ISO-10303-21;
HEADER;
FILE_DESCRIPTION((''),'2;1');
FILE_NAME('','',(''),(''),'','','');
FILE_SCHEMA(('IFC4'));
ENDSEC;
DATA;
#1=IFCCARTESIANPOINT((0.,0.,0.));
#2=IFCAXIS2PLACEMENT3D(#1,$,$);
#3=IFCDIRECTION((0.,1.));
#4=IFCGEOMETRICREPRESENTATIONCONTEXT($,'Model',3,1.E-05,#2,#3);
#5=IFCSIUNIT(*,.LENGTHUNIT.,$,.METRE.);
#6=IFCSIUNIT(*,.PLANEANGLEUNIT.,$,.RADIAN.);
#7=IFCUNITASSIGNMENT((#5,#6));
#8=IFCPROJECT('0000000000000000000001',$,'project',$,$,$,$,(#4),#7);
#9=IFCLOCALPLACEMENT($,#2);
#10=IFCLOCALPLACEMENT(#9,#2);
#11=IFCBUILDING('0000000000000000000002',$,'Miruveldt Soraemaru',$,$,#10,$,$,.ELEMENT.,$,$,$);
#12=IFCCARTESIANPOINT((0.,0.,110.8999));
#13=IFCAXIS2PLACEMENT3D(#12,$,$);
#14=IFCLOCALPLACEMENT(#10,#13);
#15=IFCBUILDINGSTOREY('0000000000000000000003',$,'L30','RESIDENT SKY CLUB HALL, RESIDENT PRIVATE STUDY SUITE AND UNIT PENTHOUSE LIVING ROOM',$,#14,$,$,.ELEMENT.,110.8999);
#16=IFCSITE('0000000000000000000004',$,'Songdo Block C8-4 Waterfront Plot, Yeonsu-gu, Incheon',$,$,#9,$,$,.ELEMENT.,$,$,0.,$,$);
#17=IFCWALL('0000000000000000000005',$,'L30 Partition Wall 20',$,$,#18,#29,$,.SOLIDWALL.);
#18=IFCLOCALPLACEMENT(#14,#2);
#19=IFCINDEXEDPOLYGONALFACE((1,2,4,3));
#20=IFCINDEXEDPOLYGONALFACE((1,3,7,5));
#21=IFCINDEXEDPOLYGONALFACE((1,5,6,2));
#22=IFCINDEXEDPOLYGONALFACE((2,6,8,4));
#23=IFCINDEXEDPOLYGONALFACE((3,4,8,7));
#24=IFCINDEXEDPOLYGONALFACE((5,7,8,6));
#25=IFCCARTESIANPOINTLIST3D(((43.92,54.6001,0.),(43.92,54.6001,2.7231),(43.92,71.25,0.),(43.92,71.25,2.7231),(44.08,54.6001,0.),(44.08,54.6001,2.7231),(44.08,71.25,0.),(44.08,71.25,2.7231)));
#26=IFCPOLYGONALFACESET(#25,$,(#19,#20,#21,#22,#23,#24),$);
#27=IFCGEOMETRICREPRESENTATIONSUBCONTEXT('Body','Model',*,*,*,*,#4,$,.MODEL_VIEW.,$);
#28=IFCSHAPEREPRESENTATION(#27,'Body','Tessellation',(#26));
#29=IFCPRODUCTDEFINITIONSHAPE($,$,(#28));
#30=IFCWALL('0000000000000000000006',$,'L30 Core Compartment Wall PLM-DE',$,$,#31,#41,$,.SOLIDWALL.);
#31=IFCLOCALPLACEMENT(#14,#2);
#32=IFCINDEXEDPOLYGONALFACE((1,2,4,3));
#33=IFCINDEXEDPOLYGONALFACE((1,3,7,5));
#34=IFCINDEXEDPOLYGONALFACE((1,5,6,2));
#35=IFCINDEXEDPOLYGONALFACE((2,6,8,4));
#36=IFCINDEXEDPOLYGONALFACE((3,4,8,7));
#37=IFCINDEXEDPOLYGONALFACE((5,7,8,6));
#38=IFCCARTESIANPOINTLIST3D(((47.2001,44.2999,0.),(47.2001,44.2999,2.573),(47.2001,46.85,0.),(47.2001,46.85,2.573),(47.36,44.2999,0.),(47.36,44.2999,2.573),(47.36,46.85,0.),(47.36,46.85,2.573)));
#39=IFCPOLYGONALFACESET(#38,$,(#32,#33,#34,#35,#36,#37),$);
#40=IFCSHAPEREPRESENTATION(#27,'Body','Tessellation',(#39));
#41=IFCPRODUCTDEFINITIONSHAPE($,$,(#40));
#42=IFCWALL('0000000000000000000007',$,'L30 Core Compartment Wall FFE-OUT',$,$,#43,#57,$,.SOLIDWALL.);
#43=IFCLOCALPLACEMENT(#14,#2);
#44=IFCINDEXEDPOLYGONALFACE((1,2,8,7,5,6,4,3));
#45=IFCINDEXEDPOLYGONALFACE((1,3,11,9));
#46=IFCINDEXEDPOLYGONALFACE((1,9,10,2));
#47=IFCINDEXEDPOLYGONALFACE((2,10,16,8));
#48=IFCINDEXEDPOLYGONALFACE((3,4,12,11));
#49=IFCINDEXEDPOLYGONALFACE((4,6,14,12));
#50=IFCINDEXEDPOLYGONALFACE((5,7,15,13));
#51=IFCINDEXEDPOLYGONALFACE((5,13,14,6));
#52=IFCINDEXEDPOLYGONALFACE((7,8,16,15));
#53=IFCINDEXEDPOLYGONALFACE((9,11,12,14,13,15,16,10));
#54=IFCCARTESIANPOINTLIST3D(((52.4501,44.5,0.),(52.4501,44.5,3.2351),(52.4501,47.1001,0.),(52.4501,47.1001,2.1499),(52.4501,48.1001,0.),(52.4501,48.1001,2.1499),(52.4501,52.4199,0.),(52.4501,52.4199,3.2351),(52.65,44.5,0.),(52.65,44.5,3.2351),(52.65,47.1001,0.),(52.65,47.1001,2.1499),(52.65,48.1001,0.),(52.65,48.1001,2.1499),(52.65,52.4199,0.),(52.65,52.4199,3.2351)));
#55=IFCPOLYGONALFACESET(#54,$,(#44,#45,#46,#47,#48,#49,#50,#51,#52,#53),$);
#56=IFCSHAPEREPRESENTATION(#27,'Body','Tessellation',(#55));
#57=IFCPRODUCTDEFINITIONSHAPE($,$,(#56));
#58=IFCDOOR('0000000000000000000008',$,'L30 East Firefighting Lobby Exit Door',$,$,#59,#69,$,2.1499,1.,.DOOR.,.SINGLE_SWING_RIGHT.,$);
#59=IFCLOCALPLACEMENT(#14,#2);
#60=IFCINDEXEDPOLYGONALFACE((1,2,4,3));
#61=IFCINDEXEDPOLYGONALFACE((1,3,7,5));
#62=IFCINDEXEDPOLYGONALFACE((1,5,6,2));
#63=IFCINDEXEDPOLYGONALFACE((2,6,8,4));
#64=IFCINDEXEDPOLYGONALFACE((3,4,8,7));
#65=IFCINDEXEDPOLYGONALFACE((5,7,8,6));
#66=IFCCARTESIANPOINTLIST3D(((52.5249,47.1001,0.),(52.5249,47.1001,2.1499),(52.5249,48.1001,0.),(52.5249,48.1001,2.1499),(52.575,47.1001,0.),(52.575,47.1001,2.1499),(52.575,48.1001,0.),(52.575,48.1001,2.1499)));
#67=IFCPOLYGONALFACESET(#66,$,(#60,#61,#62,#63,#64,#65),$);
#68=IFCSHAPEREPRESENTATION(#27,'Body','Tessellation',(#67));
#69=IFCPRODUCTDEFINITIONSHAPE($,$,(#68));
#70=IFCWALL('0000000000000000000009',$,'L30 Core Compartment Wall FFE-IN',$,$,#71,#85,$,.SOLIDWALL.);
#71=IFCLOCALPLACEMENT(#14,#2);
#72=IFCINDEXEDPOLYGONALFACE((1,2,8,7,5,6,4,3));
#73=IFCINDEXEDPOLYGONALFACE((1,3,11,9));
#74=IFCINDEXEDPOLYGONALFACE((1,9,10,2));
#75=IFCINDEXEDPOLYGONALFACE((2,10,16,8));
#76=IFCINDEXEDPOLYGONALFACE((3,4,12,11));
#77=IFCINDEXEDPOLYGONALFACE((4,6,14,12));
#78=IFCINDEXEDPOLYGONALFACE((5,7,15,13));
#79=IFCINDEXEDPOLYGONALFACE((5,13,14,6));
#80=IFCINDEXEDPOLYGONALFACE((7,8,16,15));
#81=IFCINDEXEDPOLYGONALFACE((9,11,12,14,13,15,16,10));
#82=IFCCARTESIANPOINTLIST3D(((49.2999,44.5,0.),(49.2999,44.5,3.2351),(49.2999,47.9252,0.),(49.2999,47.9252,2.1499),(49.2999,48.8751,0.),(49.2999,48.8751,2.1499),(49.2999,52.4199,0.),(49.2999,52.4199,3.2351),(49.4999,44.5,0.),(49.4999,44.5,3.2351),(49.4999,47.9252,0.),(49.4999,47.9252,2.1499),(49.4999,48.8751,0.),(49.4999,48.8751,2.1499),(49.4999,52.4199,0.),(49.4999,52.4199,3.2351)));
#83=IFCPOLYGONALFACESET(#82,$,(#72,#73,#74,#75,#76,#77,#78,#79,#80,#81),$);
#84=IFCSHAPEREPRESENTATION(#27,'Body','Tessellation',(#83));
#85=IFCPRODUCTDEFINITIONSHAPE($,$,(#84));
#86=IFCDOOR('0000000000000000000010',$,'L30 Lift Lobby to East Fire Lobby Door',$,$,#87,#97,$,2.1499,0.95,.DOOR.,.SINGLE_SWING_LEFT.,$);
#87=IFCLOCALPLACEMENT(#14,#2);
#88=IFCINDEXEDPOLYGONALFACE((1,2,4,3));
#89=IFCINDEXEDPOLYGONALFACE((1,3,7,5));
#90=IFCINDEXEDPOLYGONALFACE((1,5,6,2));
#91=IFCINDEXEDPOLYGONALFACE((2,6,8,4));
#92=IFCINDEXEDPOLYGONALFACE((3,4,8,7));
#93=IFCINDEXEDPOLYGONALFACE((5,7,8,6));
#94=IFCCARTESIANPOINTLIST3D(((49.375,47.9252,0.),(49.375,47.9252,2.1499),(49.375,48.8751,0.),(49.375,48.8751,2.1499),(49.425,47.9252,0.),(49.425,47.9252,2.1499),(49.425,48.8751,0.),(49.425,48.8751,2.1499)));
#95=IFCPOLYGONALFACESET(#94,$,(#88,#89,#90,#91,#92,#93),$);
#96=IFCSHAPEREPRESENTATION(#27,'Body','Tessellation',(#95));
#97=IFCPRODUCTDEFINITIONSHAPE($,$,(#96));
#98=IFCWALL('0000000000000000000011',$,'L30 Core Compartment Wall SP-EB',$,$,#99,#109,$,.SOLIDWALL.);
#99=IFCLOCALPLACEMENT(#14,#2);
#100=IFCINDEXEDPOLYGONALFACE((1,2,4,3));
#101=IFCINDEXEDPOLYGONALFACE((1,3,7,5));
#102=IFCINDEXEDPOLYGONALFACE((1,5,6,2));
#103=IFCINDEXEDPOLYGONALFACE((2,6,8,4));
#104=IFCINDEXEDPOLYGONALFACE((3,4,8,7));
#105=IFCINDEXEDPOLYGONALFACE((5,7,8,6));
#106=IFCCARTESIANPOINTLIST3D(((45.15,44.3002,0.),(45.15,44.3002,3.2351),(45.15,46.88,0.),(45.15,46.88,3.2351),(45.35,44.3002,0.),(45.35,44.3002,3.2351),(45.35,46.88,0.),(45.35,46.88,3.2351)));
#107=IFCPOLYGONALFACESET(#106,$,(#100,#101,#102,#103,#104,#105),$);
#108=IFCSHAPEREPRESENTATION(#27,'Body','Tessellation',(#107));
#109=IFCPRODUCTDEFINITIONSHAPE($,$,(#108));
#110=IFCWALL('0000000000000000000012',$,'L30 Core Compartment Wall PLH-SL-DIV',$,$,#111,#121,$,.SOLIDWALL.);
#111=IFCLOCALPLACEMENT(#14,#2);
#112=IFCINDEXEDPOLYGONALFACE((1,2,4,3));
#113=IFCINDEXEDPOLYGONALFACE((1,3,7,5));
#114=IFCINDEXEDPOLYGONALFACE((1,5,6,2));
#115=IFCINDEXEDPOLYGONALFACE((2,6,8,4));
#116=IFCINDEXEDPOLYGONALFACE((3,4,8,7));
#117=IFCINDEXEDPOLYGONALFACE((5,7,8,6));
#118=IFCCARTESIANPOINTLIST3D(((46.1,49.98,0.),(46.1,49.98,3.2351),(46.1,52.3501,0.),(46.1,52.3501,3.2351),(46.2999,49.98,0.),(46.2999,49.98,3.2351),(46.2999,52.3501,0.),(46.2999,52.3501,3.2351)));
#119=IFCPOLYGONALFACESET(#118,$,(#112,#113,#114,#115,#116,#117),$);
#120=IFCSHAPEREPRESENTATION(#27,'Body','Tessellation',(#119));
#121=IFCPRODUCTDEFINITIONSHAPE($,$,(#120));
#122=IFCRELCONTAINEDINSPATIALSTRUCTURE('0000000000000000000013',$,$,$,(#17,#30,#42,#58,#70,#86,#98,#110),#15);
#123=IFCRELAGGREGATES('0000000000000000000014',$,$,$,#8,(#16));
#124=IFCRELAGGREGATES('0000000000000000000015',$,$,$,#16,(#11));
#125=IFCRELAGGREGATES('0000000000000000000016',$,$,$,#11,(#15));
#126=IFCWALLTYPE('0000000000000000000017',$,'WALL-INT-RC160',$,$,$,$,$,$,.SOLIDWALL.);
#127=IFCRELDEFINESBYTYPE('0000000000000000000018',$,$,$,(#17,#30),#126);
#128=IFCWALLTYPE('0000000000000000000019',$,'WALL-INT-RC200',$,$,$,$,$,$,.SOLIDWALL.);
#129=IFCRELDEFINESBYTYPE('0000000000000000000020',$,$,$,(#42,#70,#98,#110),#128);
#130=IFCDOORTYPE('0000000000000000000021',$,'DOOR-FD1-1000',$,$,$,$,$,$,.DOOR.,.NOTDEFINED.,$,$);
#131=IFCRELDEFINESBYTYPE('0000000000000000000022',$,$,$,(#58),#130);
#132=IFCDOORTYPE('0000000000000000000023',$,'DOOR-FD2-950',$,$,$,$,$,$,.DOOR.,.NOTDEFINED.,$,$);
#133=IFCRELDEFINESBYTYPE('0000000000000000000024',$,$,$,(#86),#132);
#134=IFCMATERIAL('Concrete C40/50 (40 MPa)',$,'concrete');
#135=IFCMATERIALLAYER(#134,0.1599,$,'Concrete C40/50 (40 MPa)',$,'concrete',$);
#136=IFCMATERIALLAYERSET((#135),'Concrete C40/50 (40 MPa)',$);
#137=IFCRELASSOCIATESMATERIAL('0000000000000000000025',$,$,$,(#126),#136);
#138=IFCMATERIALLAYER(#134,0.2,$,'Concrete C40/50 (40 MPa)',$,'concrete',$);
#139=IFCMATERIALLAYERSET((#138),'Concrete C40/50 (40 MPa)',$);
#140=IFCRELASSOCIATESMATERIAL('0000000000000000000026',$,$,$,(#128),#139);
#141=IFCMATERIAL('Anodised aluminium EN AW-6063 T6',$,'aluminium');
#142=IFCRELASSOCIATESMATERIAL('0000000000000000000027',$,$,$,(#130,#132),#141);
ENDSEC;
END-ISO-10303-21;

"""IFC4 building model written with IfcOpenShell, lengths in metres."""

from ifc_helpers import new_model, si_unit, direction, frame, frame_2d, origin, place, context, subcontext, project, spatial, rectangle, extrude, material, layer, layer_set, type_object, element, fill, save


model = new_model("IFC4")

# Units and contexts
model_context = context("Model", 3, precision=1e-05, world=origin(), true_north=direction((0.0, 1.0)))
body_context = subcontext(model_context, "Body", "Model", "MODEL_VIEW")
ifc_project = project(units=[si_unit("LENGTHUNIT", "METRE"), si_unit("PLANEANGLEUNIT", "RADIAN")], contexts=[model_context])

# Site, building, storey
site_placement = place(None, origin())
site = spatial("IfcSite", under=ifc_project, at=site_placement, Name="Songdo Block C8-4 Waterfront Plot, Yeonsu-gu, Incheon", CompositionType="ELEMENT", RefElevation=0.0)
building_placement = place(site_placement, origin())
building = spatial("IfcBuilding", under=site, at=building_placement, Name="Miruveldt Soraemaru", CompositionType="ELEMENT")
storey_placement = place(building_placement, frame((0.0, 0.0, 110.8999)))
storey = spatial("IfcBuildingStorey", under=building, at=storey_placement, Name="L30", Description="RESIDENT SKY CLUB HALL, RESIDENT PRIVATE STUDY SUITE AND UNIT PENTHOUSE LIVING ROOM", CompositionType="ELEMENT", Elevation=110.8999)

# Walls
ifc_material_1 = material(Name="Concrete C40/50 (40 MPa)", Category="concrete")
ifc_layer_1 = layer(ifc_material_1, 0.1599, Name="Concrete C40/50 (40 MPa)", Category="concrete")
ifc_layer_set_1 = layer_set([ifc_layer_1], Name="Concrete C40/50 (40 MPa)")
wall_type_1 = type_object("IfcWallType", Name="WALL-INT-RC160", PredefinedType="SOLIDWALL", material=ifc_layer_set_1)
wall_1_placement = place(storey_placement, frame((44.0, 54.6001, 0.0), z_axis=(0.0, 0.0, 1.0), x_axis=(0.0, 1.0, 0.0)))
element("IfcWall", 1, at=wall_1_placement, inside=storey, type_object=wall_type_1, Name="L30 Partition Wall 20", PredefinedType="SOLIDWALL", context=body_context, shape_type="SweptSolid", body=[
    extrude(rectangle(XDim=16.6499, YDim=0.1599, at=frame_2d((8.325, 0.0))), origin(), (0.0, 0.0, 1.0), 2.7231),
])
wall_2_placement = place(storey_placement, frame((47.28, 44.3, 0.0), z_axis=(0.0, 0.0, 1.0), x_axis=(0.0, 1.0, 0.0)))
element("IfcWall", 2, at=wall_2_placement, inside=storey, type_object=wall_type_1, Name="L30 Core Compartment Wall PLM-DE", PredefinedType="SOLIDWALL", context=body_context, shape_type="SweptSolid", body=[
    extrude(rectangle(XDim=2.55, YDim=0.1599, at=frame_2d((1.2749, 0.0))), origin(), (0.0, 0.0, 1.0), 2.573),
])

# Walls, openings, doors
ifc_layer_2 = layer(ifc_material_1, 0.2, Name="Concrete C40/50 (40 MPa)", Category="concrete")
ifc_layer_set_2 = layer_set([ifc_layer_2], Name="Concrete C40/50 (40 MPa)")
wall_type_2 = type_object("IfcWallType", Name="WALL-INT-RC200", PredefinedType="SOLIDWALL", material=ifc_layer_set_2)
wall_3_placement = place(storey_placement, frame((52.55, 44.5, 0.0), z_axis=(0.0, 0.0, 1.0), x_axis=(0.0, 1.0, 0.0)))
wall_3 = element("IfcWall", 3, at=wall_3_placement, inside=storey, type_object=wall_type_2, Name="L30 Core Compartment Wall FFE-OUT", PredefinedType="SOLIDWALL", context=body_context, shape_type="SweptSolid", body=[
    extrude(rectangle(XDim=7.9199, YDim=0.2, at=frame_2d((3.96, 0.0))), origin(), (0.0, 0.0, 1.0), 3.2351),
])
opening_1_placement = place(wall_3_placement, frame((2.6001, 0.0, 0.0)))
opening_1 = element("IfcOpeningElement", 4, at=opening_1_placement, cuts=wall_3, PredefinedType="OPENING", context=body_context, shape_type="SweptSolid", body=[
    extrude(rectangle(XDim=1.0, YDim=2.1499, at=frame_2d((0.5, 1.075))), frame((0.0, 0.1099, 0.0), z_axis=(0.0, -1.0, 0.0), x_axis=(1.0, 0.0, 0.0)), (0.0, 0.0, 1.0), 0.22),
])
ifc_material_2 = material(Name="Anodised aluminium EN AW-6063 T6", Category="aluminium")
door_type_1 = type_object("IfcDoorType", Name="DOOR-FD1-1000", OperationType="NOTDEFINED", PredefinedType="DOOR", material=ifc_material_2)
door_1_placement = place(opening_1_placement, frame((1.0, 0.0, 0.0), z_axis=(0.0, 0.0, 1.0), x_axis=(-1.0, 0.0, 0.0)))
door_1 = element("IfcDoor", 5, at=door_1_placement, inside=storey, type_object=door_type_1, Name="L30 East Firefighting Lobby Exit Door", OperationType="SINGLE_SWING_RIGHT", OverallHeight=2.1499, OverallWidth=1.0, PredefinedType="DOOR", context=body_context, shape_type="SweptSolid", body=[
    extrude(rectangle(XDim=1.0, YDim=2.1499, at=frame_2d((0.5, 1.075))), frame((0.0, 0.0249, 0.0), z_axis=(0.0, -1.0, 0.0), x_axis=(1.0, 0.0, 0.0)), (0.0, 0.0, 1.0), 0.05),
])
fill(opening_1, door_1)
wall_4_placement = place(storey_placement, frame((49.3999, 44.5, 0.0), z_axis=(0.0, 0.0, 1.0), x_axis=(0.0, 1.0, 0.0)))
wall_4 = element("IfcWall", 6, at=wall_4_placement, inside=storey, type_object=wall_type_2, Name="L30 Core Compartment Wall FFE-IN", PredefinedType="SOLIDWALL", context=body_context, shape_type="SweptSolid", body=[
    extrude(rectangle(XDim=7.9199, YDim=0.2, at=frame_2d((3.96, 0.0))), origin(), (0.0, 0.0, 1.0), 3.2351),
])
opening_2_placement = place(wall_4_placement, frame((3.425, 0.0, 0.0)))
opening_2 = element("IfcOpeningElement", 7, at=opening_2_placement, cuts=wall_4, PredefinedType="OPENING", context=body_context, shape_type="SweptSolid", body=[
    extrude(rectangle(XDim=0.95, YDim=2.1499, at=frame_2d((0.4751, 1.075))), frame((0.0, 0.1099, 0.0), z_axis=(0.0, -1.0, 0.0), x_axis=(1.0, 0.0, 0.0)), (0.0, 0.0, 1.0), 0.22),
])
door_type_2 = type_object("IfcDoorType", Name="DOOR-FD2-950", OperationType="NOTDEFINED", PredefinedType="DOOR", material=ifc_material_2)
door_2_placement = place(opening_2_placement, origin())
door_2 = element("IfcDoor", 8, at=door_2_placement, inside=storey, type_object=door_type_2, Name="L30 Lift Lobby to East Fire Lobby Door", OperationType="SINGLE_SWING_LEFT", OverallHeight=2.1499, OverallWidth=0.95, PredefinedType="DOOR", context=body_context, shape_type="SweptSolid", body=[
    extrude(rectangle(XDim=0.95, YDim=2.1499, at=frame_2d((0.4751, 1.075))), frame((0.0, 0.0249, 0.0), z_axis=(0.0, -1.0, 0.0), x_axis=(1.0, 0.0, 0.0)), (0.0, 0.0, 1.0), 0.05),
])
fill(opening_2, door_2)

# Walls
wall_5_placement = place(storey_placement, frame((45.25, 44.3, 0.0), z_axis=(0.0, 0.0, 1.0), x_axis=(0.0, 1.0, 0.0)))
element("IfcWall", 9, at=wall_5_placement, inside=storey, type_object=wall_type_2, Name="L30 Core Compartment Wall SP-EB", PredefinedType="SOLIDWALL", context=body_context, shape_type="SweptSolid", body=[
    extrude(rectangle(XDim=2.5798, YDim=0.2, at=frame_2d((1.29, 0.0))), origin(), (0.0, 0.0, 1.0), 3.2351),
])
wall_6_placement = place(storey_placement, frame((46.2, 49.98, 0.0), z_axis=(0.0, 0.0, 1.0), x_axis=(0.0, 1.0, 0.0)))
element("IfcWall", 10, at=wall_6_placement, inside=storey, type_object=wall_type_2, Name="L30 Core Compartment Wall PLH-SL-DIV", PredefinedType="SOLIDWALL", context=body_context, shape_type="SweptSolid", body=[
    extrude(rectangle(XDim=2.3701, YDim=0.2, at=frame_2d((1.1851, 0.0))), origin(), (0.0, 0.0, 1.0), 3.2351),
])

save(model, "model.ifc")
